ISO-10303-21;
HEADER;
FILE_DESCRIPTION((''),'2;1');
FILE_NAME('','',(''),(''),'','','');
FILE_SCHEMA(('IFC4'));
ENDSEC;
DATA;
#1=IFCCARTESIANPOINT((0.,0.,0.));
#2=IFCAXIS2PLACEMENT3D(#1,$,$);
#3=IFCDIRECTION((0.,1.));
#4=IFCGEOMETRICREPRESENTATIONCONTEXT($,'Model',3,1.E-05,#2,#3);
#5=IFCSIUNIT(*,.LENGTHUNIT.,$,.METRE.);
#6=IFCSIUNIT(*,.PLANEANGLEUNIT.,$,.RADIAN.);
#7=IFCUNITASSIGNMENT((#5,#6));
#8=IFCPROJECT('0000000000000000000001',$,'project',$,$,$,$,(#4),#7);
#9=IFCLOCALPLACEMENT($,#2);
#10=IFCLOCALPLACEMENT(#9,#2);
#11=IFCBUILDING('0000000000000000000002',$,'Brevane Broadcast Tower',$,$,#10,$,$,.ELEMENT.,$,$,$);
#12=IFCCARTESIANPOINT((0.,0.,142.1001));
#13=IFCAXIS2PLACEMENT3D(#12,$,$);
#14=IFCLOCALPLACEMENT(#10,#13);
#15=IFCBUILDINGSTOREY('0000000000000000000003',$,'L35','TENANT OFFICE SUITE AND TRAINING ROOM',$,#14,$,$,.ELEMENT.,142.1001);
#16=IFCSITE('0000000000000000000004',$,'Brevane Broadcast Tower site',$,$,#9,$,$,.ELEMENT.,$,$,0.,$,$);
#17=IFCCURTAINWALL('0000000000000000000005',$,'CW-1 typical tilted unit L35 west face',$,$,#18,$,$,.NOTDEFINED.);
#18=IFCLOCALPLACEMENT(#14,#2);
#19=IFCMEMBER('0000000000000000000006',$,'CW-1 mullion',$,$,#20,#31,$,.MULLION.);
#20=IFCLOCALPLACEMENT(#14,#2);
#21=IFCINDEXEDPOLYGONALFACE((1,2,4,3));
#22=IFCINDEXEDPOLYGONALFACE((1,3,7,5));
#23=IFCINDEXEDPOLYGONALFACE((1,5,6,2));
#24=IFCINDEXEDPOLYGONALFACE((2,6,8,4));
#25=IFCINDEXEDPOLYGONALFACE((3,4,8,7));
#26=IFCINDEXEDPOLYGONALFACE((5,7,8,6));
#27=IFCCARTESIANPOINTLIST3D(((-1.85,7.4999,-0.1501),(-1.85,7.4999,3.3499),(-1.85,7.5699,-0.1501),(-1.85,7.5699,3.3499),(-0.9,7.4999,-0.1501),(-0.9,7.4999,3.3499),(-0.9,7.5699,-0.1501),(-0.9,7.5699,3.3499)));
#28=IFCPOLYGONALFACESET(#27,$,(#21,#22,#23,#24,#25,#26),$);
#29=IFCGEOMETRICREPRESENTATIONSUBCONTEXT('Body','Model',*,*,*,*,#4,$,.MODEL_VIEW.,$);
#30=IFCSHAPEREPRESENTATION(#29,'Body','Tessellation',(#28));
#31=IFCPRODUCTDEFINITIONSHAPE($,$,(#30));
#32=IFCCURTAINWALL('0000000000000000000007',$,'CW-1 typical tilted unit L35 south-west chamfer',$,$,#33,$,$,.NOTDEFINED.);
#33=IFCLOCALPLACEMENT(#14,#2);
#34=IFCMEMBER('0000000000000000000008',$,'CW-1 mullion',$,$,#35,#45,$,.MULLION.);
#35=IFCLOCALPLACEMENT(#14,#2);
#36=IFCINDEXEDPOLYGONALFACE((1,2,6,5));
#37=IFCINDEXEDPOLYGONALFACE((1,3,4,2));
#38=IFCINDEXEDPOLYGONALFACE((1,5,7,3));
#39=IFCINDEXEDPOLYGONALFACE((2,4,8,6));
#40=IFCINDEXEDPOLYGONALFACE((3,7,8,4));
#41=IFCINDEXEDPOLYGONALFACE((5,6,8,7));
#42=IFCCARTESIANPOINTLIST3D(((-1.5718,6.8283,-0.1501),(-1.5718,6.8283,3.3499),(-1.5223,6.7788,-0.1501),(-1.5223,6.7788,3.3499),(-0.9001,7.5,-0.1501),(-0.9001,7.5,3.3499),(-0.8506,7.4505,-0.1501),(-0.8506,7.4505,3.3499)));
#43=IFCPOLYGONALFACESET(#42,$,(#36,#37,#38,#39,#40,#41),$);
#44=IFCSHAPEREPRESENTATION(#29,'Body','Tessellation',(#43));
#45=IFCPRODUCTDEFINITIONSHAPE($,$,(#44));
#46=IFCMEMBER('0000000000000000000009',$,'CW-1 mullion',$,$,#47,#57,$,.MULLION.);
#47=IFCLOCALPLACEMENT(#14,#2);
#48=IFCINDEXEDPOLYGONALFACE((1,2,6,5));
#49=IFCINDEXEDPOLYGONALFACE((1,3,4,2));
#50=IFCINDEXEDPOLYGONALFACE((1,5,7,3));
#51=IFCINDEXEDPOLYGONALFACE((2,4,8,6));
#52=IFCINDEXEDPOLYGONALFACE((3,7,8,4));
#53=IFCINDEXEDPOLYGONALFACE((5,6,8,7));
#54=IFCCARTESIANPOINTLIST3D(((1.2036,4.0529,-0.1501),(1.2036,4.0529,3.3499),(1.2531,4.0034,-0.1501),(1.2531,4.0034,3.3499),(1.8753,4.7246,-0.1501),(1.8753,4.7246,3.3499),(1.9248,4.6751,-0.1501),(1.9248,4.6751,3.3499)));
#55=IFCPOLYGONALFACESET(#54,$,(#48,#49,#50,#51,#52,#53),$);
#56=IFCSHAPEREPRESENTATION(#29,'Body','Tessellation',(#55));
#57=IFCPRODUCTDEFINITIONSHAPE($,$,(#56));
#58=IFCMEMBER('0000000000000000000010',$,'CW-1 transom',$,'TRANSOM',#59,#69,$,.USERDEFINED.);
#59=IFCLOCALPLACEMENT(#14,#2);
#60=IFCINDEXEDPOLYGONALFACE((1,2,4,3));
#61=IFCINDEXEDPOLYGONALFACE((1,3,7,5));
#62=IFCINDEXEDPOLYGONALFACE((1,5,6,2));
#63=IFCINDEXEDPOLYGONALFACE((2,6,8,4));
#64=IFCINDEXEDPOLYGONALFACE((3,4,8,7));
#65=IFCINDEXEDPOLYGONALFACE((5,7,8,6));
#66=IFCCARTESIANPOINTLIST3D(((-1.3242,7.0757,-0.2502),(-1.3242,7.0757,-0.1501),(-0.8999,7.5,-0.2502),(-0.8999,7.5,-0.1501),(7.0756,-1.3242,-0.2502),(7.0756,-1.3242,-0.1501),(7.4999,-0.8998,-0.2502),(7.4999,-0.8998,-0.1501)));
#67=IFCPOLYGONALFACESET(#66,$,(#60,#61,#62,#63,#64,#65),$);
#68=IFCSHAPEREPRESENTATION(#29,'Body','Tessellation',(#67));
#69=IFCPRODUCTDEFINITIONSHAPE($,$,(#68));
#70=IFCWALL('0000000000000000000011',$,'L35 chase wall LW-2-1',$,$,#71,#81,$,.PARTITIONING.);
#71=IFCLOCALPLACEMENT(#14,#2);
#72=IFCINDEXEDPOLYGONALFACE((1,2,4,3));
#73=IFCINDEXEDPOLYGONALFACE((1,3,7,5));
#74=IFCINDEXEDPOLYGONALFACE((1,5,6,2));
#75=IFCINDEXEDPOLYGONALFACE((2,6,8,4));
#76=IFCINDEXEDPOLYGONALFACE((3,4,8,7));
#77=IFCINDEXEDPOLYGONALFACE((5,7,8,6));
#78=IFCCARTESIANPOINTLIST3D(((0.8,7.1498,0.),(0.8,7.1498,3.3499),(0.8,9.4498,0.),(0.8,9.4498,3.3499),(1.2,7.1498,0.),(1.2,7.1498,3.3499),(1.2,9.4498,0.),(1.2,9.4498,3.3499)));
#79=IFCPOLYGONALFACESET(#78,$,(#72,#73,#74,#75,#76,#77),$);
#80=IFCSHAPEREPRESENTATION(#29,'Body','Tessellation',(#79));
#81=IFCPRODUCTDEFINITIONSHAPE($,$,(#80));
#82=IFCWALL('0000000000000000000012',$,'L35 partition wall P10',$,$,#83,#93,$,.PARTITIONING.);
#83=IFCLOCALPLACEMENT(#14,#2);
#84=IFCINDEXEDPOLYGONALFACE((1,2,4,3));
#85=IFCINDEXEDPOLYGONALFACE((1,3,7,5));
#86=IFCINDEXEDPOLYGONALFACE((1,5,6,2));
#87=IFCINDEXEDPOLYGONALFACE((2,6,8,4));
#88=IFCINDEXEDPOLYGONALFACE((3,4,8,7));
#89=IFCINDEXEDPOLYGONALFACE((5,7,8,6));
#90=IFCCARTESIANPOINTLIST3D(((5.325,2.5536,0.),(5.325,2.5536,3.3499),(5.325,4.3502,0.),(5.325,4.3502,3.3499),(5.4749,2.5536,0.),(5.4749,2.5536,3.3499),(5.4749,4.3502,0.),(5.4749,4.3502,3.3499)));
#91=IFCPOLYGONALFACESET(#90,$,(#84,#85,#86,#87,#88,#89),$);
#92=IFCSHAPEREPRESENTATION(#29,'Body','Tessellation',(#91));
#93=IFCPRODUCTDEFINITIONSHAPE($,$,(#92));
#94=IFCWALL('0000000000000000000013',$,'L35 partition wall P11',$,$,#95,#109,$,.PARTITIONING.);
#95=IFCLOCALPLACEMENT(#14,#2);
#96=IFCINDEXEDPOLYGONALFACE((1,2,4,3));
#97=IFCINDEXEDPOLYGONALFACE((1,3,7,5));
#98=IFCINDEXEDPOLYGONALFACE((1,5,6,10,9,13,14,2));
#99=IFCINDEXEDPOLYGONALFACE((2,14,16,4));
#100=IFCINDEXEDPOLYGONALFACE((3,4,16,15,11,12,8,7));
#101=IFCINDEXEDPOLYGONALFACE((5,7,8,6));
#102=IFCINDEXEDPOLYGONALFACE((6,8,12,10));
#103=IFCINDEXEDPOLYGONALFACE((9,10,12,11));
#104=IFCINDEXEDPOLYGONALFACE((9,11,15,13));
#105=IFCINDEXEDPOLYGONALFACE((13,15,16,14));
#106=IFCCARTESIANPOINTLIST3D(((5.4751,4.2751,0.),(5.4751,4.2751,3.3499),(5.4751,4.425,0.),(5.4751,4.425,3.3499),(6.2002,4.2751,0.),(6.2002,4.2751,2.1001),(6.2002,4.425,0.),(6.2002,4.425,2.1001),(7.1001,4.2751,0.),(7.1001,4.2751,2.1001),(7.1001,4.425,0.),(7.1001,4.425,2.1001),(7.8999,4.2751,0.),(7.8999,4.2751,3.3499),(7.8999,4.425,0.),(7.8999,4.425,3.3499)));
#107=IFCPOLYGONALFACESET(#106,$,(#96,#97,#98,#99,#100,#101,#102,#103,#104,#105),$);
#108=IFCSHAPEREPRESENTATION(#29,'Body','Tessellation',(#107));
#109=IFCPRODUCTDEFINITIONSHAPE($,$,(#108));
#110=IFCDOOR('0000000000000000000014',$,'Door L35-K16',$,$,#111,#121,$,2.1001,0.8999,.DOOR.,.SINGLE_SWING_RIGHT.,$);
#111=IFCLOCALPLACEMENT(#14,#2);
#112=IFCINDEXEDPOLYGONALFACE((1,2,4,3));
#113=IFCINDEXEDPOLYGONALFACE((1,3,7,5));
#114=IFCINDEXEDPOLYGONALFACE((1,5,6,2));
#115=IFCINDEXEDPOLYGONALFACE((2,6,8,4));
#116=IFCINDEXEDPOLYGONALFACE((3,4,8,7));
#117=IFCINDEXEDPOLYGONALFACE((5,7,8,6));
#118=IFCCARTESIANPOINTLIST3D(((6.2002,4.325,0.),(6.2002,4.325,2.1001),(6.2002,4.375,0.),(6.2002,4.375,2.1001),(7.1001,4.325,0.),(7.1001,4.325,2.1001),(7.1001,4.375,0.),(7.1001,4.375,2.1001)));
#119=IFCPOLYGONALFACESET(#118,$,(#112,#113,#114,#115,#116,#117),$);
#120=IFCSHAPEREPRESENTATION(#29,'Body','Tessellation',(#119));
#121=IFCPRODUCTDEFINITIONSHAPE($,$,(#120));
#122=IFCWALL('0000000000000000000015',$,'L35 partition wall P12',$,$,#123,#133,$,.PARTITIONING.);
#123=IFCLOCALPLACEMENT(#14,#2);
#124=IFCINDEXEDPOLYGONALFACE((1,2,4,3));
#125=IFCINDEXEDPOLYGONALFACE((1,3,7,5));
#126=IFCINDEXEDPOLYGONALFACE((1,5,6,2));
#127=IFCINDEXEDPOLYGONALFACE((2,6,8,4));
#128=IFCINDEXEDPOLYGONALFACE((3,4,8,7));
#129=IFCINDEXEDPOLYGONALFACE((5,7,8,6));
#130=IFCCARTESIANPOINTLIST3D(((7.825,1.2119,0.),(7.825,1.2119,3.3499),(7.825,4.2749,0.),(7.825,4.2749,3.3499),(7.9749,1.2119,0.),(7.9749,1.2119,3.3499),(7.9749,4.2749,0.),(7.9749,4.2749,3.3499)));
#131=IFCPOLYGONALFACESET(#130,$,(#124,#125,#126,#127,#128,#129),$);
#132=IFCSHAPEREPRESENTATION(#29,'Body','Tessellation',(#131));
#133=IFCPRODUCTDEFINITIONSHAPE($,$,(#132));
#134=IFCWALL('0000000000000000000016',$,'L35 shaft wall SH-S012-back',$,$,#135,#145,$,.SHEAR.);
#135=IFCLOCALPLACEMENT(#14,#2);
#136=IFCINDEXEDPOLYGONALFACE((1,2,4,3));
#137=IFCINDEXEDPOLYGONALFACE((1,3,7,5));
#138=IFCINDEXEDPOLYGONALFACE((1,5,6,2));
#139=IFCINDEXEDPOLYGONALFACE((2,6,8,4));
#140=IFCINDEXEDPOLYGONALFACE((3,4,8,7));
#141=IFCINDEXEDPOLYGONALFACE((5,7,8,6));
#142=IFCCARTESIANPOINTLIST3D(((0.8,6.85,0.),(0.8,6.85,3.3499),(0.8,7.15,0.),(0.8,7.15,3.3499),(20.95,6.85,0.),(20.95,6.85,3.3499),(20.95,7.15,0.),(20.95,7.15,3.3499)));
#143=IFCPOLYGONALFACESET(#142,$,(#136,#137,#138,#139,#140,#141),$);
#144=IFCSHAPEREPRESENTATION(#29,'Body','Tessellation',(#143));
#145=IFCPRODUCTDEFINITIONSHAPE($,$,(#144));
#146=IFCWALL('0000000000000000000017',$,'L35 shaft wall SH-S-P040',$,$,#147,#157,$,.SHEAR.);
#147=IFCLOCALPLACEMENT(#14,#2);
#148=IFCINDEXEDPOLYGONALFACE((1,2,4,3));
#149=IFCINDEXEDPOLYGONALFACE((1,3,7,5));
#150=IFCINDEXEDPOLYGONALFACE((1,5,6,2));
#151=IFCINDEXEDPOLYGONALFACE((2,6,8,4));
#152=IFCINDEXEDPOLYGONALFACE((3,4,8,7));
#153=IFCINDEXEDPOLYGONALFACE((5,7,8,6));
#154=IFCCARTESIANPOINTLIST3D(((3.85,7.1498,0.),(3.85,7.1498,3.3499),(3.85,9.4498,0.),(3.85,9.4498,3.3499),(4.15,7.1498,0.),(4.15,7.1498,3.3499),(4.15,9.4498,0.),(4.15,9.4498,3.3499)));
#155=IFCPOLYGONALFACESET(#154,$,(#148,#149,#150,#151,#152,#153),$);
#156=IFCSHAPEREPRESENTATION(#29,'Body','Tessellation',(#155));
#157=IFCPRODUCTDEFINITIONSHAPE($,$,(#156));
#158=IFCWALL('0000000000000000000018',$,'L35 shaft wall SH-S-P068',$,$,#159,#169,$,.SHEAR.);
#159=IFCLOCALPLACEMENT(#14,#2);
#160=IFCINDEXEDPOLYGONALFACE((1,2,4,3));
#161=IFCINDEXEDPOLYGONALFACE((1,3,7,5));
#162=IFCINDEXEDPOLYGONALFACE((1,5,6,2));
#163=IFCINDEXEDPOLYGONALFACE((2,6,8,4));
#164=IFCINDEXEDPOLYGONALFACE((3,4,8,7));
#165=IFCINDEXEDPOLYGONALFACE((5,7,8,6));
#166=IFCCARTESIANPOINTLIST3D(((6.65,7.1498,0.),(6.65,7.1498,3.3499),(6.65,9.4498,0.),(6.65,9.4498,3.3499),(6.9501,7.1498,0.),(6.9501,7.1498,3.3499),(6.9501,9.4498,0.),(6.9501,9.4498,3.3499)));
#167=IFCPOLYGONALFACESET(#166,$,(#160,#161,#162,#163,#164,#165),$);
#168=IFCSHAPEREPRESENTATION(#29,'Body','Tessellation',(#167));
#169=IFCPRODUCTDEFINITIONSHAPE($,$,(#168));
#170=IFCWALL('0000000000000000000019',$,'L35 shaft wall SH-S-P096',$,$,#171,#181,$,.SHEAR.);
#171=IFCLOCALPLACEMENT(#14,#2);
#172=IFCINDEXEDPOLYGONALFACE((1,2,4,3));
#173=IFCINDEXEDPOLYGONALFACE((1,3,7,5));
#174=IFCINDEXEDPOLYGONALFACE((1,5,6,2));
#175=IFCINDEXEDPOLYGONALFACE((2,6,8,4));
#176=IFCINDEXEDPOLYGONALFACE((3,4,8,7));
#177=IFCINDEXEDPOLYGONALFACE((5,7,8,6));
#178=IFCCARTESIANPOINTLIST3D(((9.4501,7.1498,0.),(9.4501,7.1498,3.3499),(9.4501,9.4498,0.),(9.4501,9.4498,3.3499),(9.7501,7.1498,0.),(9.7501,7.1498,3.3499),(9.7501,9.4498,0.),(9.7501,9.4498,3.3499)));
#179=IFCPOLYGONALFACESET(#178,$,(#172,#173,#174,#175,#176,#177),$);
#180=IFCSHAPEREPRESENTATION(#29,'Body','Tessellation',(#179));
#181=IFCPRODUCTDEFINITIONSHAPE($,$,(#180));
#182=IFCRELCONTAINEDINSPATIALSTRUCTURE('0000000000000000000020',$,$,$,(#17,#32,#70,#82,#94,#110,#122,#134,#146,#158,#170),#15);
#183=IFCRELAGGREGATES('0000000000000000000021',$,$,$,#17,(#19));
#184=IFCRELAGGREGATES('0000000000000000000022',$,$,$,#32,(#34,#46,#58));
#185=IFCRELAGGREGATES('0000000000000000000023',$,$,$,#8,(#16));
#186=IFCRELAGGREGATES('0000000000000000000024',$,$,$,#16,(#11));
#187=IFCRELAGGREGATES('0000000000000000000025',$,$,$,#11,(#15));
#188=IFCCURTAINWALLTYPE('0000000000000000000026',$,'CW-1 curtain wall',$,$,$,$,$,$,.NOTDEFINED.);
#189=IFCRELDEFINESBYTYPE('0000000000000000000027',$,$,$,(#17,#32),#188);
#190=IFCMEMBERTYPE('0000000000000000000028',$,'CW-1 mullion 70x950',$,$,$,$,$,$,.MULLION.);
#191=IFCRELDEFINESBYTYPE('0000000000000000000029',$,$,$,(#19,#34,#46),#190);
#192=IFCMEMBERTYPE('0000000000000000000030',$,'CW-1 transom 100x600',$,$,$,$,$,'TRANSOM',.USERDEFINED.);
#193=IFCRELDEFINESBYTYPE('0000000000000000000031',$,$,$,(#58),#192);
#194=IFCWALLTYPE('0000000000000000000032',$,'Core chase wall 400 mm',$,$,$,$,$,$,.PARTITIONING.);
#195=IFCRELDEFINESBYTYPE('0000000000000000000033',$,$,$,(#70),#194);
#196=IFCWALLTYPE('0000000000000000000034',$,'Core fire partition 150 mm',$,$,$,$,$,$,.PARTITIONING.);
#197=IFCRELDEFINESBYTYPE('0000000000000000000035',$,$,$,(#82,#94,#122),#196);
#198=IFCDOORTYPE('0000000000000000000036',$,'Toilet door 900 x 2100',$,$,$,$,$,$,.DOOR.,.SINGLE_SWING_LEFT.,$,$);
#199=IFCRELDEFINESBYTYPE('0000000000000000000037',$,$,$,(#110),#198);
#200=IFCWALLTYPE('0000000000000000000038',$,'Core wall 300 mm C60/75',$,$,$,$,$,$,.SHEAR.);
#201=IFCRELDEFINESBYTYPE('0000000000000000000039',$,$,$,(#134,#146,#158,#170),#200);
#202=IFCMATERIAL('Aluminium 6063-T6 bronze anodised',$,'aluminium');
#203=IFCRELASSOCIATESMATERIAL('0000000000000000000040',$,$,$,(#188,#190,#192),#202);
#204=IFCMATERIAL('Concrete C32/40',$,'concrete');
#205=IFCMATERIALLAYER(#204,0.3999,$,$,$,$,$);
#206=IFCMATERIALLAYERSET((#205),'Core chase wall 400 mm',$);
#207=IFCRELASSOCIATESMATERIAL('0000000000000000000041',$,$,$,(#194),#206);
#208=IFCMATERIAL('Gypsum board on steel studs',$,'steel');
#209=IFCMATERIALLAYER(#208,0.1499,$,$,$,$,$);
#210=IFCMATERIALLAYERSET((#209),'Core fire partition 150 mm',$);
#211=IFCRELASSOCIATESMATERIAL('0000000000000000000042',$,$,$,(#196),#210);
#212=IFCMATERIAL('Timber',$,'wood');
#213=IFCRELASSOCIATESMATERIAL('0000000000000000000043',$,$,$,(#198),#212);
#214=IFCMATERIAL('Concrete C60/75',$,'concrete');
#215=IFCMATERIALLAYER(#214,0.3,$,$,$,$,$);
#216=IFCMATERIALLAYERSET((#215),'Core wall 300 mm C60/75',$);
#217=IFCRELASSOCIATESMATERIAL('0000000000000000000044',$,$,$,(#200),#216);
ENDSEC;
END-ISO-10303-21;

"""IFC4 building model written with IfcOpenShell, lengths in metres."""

from ifc_helpers import new_model, si_unit, direction, frame, frame_2d, origin, origin_2d, place, context, subcontext, project, spatial, rectangle, extrude, material, layer, layer_set, material_profile, profile_set, type_object, element, fill, aggregate, save


model = new_model("IFC4")

# Units and contexts
model_context = context("Model", 3, precision=1e-05, world=origin(), true_north=direction((0.0, 1.0)))
body_context = subcontext(model_context, "Body", "Model", "MODEL_VIEW")
ifc_project = project(units=[si_unit("LENGTHUNIT", "METRE"), si_unit("PLANEANGLEUNIT", "RADIAN")], contexts=[model_context])

# Site, building, storey
site_placement = place(None, origin())
site = spatial("IfcSite", under=ifc_project, at=site_placement, Name="Brevane Broadcast Tower site", CompositionType="ELEMENT", RefElevation=0.0)
building_placement = place(site_placement, origin())
building = spatial("IfcBuilding", under=site, at=building_placement, Name="Brevane Broadcast Tower", CompositionType="ELEMENT")
storey_placement = place(building_placement, frame((0.0, 0.0, 142.1001)))
storey = spatial("IfcBuildingStorey", under=building, at=storey_placement, Name="L35", Description="TENANT OFFICE SUITE AND TRAINING ROOM", CompositionType="ELEMENT", Elevation=142.1001)

# Curtain wall, member
ifc_material_1 = material(Name="Aluminium 6063-T6 bronze anodised", Category="aluminium")
curtain_wall_type = type_object("IfcCurtainWallType", Name="CW-1 curtain wall", PredefinedType="NOTDEFINED", material=ifc_material_1)
curtain_wall_1_placement = place(storey_placement, origin())
curtain_wall_1 = element("IfcCurtainWall", 1, at=curtain_wall_1_placement, inside=storey, type_object=curtain_wall_type, Name="CW-1 typical tilted unit L35 west face", PredefinedType="NOTDEFINED")
ifc_material_profile_1 = material_profile(ifc_material_1, rectangle(XDim=0.95, YDim=0.0701, at=origin_2d()), Name="RECT 70x950")
ifc_profile_set_1 = profile_set([ifc_material_profile_1], Name="Aluminium 6063-T6 bronze anodised")
member_type_1 = type_object("IfcMemberType", Name="CW-1 mullion 70x950", PredefinedType="MULLION", material=ifc_profile_set_1)
member_1_placement = place(storey_placement, frame((-1.375, 7.5349, -0.1501), z_axis=(0.0, 0.0, 1.0), x_axis=(1.0, 0.0, 0.0)))
member_1 = element("IfcMember", 2, at=member_1_placement, type_object=member_type_1, Name="CW-1 mullion", PredefinedType="MULLION", context=body_context, shape_type="SweptSolid", body=[
    extrude(rectangle(XDim=0.95, YDim=0.0701, at=origin_2d()), origin(), (0.0, 0.0, 1.0), 3.5),
])
aggregate(curtain_wall_1, [member_1])

# Curtain wall, members
curtain_wall_2_placement = place(storey_placement, origin())
curtain_wall_2 = element("IfcCurtainWall", 3, at=curtain_wall_2_placement, inside=storey, type_object=curtain_wall_type, Name="CW-1 typical tilted unit L35 south-west chamfer", PredefinedType="NOTDEFINED")
member_2_placement = place(storey_placement, frame((-1.2112, 7.1394, -0.1501), z_axis=(0.0, 0.0, 1.0), x_axis=(0.707107, 0.707107, 0.0)))
member_2 = element("IfcMember", 4, at=member_2_placement, type_object=member_type_1, Name="CW-1 mullion", PredefinedType="MULLION", context=body_context, shape_type="SweptSolid", body=[
    extrude(rectangle(XDim=0.95, YDim=0.0701, at=origin_2d()), origin(), (0.0, 0.0, 1.0), 3.5),
])
member_3_placement = place(storey_placement, frame((1.5642, 4.364, -0.1501), z_axis=(0.0, 0.0, 1.0), x_axis=(0.707107, 0.707107, 0.0)))
member_3 = element("IfcMember", 5, at=member_3_placement, type_object=member_type_1, Name="CW-1 mullion", PredefinedType="MULLION", context=body_context, shape_type="SweptSolid", body=[
    extrude(rectangle(XDim=0.95, YDim=0.0701, at=origin_2d()), origin(), (0.0, 0.0, 1.0), 3.5),
])
ifc_material_profile_2 = material_profile(ifc_material_1, rectangle(XDim=0.6001, YDim=0.1001, at=origin_2d()), Name="RECT 100x600")
ifc_profile_set_2 = profile_set([ifc_material_profile_2], Name="Aluminium 6063-T6 bronze anodised")
member_type_2 = type_object("IfcMemberType", Name="CW-1 transom 100x600", ElementType="TRANSOM", PredefinedType="USERDEFINED", material=ifc_profile_set_2)
member_4_placement = place(storey_placement, frame((-1.1121, 7.2878, -0.2002), z_axis=(0.707107, -0.707107, 0.0), x_axis=(0.707107, 0.707107, 0.0)))
member_4 = element("IfcMember", 6, at=member_4_placement, type_object=member_type_2, Name="CW-1 transom", ObjectType="TRANSOM", PredefinedType="USERDEFINED", context=body_context, shape_type="SweptSolid", body=[
    extrude(rectangle(XDim=0.6001, YDim=0.1001, at=origin_2d()), origin(), (0.0, 0.0, 1.0), 11.8792),
])
aggregate(curtain_wall_2, [member_2, member_3, member_4])

# Walls
ifc_material_2 = material(Name="Concrete C32/40", Category="concrete")
ifc_layer_1 = layer(ifc_material_2, 0.3999)
ifc_layer_set_1 = layer_set([ifc_layer_1], Name="Core chase wall 400 mm")
wall_type_1 = type_object("IfcWallType", Name="Core chase wall 400 mm", PredefinedType="PARTITIONING", material=ifc_layer_set_1)
wall_1_placement = place(storey_placement, frame((1.0, 7.1499, 0.0), z_axis=(0.0, 0.0, 1.0), x_axis=(0.0, 1.0, 0.0)))
element("IfcWall", 7, at=wall_1_placement, inside=storey, type_object=wall_type_1, Name="L35 chase wall LW-2-1", PredefinedType="PARTITIONING", context=body_context, shape_type="SweptSolid", body=[
    extrude(rectangle(XDim=2.3, YDim=0.3999, at=frame_2d((1.1499, 0.0))), origin(), (0.0, 0.0, 1.0), 3.3499),
])
ifc_material_3 = material(Name="Gypsum board on steel studs", Category="steel")
ifc_layer_2 = layer(ifc_material_3, 0.1499)
ifc_layer_set_2 = layer_set([ifc_layer_2], Name="Core fire partition 150 mm")
wall_type_2 = type_object("IfcWallType", Name="Core fire partition 150 mm", PredefinedType="PARTITIONING", material=ifc_layer_set_2)
wall_2_placement = place(storey_placement, frame((5.3999, 2.5535, 0.0), z_axis=(0.0, 0.0, 1.0), x_axis=(0.0, 1.0, 0.0)))
element("IfcWall", 8, at=wall_2_placement, inside=storey, type_object=wall_type_2, Name="L35 partition wall P10", PredefinedType="PARTITIONING", context=body_context, shape_type="SweptSolid", body=[
    extrude(rectangle(XDim=1.7966, YDim=0.1499, at=frame_2d((0.8984, 0.0))), origin(), (0.0, 0.0, 1.0), 3.3499),
])

# Wall, opening, door
wall_3_placement = place(storey_placement, frame((5.4751, 4.3501, 0.0), z_axis=(0.0, 0.0, 1.0), x_axis=(1.0, 0.0, 0.0)))
wall_3 = element("IfcWall", 9, at=wall_3_placement, inside=storey, type_object=wall_type_2, Name="L35 partition wall P11", PredefinedType="PARTITIONING", context=body_context, shape_type="SweptSolid", body=[
    extrude(rectangle(XDim=2.4248, YDim=0.1499, at=frame_2d((1.2124, 0.0))), origin(), (0.0, 0.0, 1.0), 3.3499),
])
opening_placement = place(wall_3_placement, frame((0.7251, 0.0, 0.0)))
opening = element("IfcOpeningElement", 10, at=opening_placement, cuts=wall_3, PredefinedType="OPENING", context=body_context, shape_type="SweptSolid", body=[
    extrude(rectangle(XDim=0.8999, YDim=2.1001, at=frame_2d((0.45, 1.05))), frame((0.0, 0.085, 0.0), z_axis=(0.0, -1.0, 0.0), x_axis=(1.0, 0.0, 0.0)), (0.0, 0.0, 1.0), 0.1699),
])
ifc_material_4 = material(Name="Timber", Category="wood")
door_type = type_object("IfcDoorType", Name="Toilet door 900 x 2100", OperationType="SINGLE_SWING_LEFT", PredefinedType="DOOR", material=ifc_material_4)
door_placement = place(opening_placement, origin())
door = element("IfcDoor", 11, at=door_placement, inside=storey, type_object=door_type, Name="Door L35-K16", OperationType="SINGLE_SWING_RIGHT", OverallHeight=2.1001, OverallWidth=0.8999, PredefinedType="DOOR", context=body_context, shape_type="SweptSolid", body=[
    extrude(rectangle(XDim=0.8999, YDim=2.1001, at=frame_2d((0.45, 1.05))), frame((0.0, 0.0249, 0.0), z_axis=(0.0, -1.0, 0.0), x_axis=(1.0, 0.0, 0.0)), (0.0, 0.0, 1.0), 0.05),
])
fill(opening, door)

# Walls
wall_4_placement = place(storey_placement, frame((7.8999, 4.2749, 0.0), z_axis=(0.0, 0.0, 1.0), x_axis=(0.0, -1.0, 0.0)))
element("IfcWall", 12, at=wall_4_placement, inside=storey, type_object=wall_type_2, Name="L35 partition wall P12", PredefinedType="PARTITIONING", context=body_context, shape_type="SweptSolid", body=[
    extrude(rectangle(XDim=3.063, YDim=0.1499, at=frame_2d((1.5315, 0.0))), origin(), (0.0, 0.0, 1.0), 3.3499),
])
ifc_material_5 = material(Name="Concrete C60/75", Category="concrete")
ifc_layer_3 = layer(ifc_material_5, 0.3)
ifc_layer_set_3 = layer_set([ifc_layer_3], Name="Core wall 300 mm C60/75")
wall_type_3 = type_object("IfcWallType", Name="Core wall 300 mm C60/75", PredefinedType="SHEAR", material=ifc_layer_set_3)
wall_5_placement = place(storey_placement, frame((0.8, 7.0, 0.0), z_axis=(0.0, 0.0, 1.0), x_axis=(1.0, 0.0, 0.0)))
element("IfcWall", 13, at=wall_5_placement, inside=storey, type_object=wall_type_3, Name="L35 shaft wall SH-S012-back", PredefinedType="SHEAR", context=body_context, shape_type="SweptSolid", body=[
    extrude(rectangle(XDim=20.1499, YDim=0.3, at=frame_2d((10.075, 0.0))), origin(), (0.0, 0.0, 1.0), 3.3499),
])
for number, where, z_axis, x_axis, name in (
    (14, (4.0, 7.1499, 0.0), (0.0, 0.0, 1.0), (0.0, 1.0, 0.0), "L35 shaft wall SH-S-P040"),
    (15, (6.8, 7.1499, 0.0), (0.0, 0.0, 1.0), (0.0, 1.0, 0.0), "L35 shaft wall SH-S-P068"),
    (16, (9.6001, 7.1499, 0.0), (0.0, 0.0, 1.0), (0.0, 1.0, 0.0), "L35 shaft wall SH-S-P096"),
):
    element("IfcWall", number, at=place(storey_placement, frame(where, z_axis=z_axis, x_axis=x_axis)), inside=storey, type_object=wall_type_3, Name=name, PredefinedType="SHEAR", context=body_context, shape_type="SweptSolid", body=[
        extrude(rectangle(XDim=2.3, YDim=0.3, at=frame_2d((1.1499, 0.0))), origin(), (0.0, 0.0, 1.0), 3.3499),
    ])

save(model, "model.ifc")
